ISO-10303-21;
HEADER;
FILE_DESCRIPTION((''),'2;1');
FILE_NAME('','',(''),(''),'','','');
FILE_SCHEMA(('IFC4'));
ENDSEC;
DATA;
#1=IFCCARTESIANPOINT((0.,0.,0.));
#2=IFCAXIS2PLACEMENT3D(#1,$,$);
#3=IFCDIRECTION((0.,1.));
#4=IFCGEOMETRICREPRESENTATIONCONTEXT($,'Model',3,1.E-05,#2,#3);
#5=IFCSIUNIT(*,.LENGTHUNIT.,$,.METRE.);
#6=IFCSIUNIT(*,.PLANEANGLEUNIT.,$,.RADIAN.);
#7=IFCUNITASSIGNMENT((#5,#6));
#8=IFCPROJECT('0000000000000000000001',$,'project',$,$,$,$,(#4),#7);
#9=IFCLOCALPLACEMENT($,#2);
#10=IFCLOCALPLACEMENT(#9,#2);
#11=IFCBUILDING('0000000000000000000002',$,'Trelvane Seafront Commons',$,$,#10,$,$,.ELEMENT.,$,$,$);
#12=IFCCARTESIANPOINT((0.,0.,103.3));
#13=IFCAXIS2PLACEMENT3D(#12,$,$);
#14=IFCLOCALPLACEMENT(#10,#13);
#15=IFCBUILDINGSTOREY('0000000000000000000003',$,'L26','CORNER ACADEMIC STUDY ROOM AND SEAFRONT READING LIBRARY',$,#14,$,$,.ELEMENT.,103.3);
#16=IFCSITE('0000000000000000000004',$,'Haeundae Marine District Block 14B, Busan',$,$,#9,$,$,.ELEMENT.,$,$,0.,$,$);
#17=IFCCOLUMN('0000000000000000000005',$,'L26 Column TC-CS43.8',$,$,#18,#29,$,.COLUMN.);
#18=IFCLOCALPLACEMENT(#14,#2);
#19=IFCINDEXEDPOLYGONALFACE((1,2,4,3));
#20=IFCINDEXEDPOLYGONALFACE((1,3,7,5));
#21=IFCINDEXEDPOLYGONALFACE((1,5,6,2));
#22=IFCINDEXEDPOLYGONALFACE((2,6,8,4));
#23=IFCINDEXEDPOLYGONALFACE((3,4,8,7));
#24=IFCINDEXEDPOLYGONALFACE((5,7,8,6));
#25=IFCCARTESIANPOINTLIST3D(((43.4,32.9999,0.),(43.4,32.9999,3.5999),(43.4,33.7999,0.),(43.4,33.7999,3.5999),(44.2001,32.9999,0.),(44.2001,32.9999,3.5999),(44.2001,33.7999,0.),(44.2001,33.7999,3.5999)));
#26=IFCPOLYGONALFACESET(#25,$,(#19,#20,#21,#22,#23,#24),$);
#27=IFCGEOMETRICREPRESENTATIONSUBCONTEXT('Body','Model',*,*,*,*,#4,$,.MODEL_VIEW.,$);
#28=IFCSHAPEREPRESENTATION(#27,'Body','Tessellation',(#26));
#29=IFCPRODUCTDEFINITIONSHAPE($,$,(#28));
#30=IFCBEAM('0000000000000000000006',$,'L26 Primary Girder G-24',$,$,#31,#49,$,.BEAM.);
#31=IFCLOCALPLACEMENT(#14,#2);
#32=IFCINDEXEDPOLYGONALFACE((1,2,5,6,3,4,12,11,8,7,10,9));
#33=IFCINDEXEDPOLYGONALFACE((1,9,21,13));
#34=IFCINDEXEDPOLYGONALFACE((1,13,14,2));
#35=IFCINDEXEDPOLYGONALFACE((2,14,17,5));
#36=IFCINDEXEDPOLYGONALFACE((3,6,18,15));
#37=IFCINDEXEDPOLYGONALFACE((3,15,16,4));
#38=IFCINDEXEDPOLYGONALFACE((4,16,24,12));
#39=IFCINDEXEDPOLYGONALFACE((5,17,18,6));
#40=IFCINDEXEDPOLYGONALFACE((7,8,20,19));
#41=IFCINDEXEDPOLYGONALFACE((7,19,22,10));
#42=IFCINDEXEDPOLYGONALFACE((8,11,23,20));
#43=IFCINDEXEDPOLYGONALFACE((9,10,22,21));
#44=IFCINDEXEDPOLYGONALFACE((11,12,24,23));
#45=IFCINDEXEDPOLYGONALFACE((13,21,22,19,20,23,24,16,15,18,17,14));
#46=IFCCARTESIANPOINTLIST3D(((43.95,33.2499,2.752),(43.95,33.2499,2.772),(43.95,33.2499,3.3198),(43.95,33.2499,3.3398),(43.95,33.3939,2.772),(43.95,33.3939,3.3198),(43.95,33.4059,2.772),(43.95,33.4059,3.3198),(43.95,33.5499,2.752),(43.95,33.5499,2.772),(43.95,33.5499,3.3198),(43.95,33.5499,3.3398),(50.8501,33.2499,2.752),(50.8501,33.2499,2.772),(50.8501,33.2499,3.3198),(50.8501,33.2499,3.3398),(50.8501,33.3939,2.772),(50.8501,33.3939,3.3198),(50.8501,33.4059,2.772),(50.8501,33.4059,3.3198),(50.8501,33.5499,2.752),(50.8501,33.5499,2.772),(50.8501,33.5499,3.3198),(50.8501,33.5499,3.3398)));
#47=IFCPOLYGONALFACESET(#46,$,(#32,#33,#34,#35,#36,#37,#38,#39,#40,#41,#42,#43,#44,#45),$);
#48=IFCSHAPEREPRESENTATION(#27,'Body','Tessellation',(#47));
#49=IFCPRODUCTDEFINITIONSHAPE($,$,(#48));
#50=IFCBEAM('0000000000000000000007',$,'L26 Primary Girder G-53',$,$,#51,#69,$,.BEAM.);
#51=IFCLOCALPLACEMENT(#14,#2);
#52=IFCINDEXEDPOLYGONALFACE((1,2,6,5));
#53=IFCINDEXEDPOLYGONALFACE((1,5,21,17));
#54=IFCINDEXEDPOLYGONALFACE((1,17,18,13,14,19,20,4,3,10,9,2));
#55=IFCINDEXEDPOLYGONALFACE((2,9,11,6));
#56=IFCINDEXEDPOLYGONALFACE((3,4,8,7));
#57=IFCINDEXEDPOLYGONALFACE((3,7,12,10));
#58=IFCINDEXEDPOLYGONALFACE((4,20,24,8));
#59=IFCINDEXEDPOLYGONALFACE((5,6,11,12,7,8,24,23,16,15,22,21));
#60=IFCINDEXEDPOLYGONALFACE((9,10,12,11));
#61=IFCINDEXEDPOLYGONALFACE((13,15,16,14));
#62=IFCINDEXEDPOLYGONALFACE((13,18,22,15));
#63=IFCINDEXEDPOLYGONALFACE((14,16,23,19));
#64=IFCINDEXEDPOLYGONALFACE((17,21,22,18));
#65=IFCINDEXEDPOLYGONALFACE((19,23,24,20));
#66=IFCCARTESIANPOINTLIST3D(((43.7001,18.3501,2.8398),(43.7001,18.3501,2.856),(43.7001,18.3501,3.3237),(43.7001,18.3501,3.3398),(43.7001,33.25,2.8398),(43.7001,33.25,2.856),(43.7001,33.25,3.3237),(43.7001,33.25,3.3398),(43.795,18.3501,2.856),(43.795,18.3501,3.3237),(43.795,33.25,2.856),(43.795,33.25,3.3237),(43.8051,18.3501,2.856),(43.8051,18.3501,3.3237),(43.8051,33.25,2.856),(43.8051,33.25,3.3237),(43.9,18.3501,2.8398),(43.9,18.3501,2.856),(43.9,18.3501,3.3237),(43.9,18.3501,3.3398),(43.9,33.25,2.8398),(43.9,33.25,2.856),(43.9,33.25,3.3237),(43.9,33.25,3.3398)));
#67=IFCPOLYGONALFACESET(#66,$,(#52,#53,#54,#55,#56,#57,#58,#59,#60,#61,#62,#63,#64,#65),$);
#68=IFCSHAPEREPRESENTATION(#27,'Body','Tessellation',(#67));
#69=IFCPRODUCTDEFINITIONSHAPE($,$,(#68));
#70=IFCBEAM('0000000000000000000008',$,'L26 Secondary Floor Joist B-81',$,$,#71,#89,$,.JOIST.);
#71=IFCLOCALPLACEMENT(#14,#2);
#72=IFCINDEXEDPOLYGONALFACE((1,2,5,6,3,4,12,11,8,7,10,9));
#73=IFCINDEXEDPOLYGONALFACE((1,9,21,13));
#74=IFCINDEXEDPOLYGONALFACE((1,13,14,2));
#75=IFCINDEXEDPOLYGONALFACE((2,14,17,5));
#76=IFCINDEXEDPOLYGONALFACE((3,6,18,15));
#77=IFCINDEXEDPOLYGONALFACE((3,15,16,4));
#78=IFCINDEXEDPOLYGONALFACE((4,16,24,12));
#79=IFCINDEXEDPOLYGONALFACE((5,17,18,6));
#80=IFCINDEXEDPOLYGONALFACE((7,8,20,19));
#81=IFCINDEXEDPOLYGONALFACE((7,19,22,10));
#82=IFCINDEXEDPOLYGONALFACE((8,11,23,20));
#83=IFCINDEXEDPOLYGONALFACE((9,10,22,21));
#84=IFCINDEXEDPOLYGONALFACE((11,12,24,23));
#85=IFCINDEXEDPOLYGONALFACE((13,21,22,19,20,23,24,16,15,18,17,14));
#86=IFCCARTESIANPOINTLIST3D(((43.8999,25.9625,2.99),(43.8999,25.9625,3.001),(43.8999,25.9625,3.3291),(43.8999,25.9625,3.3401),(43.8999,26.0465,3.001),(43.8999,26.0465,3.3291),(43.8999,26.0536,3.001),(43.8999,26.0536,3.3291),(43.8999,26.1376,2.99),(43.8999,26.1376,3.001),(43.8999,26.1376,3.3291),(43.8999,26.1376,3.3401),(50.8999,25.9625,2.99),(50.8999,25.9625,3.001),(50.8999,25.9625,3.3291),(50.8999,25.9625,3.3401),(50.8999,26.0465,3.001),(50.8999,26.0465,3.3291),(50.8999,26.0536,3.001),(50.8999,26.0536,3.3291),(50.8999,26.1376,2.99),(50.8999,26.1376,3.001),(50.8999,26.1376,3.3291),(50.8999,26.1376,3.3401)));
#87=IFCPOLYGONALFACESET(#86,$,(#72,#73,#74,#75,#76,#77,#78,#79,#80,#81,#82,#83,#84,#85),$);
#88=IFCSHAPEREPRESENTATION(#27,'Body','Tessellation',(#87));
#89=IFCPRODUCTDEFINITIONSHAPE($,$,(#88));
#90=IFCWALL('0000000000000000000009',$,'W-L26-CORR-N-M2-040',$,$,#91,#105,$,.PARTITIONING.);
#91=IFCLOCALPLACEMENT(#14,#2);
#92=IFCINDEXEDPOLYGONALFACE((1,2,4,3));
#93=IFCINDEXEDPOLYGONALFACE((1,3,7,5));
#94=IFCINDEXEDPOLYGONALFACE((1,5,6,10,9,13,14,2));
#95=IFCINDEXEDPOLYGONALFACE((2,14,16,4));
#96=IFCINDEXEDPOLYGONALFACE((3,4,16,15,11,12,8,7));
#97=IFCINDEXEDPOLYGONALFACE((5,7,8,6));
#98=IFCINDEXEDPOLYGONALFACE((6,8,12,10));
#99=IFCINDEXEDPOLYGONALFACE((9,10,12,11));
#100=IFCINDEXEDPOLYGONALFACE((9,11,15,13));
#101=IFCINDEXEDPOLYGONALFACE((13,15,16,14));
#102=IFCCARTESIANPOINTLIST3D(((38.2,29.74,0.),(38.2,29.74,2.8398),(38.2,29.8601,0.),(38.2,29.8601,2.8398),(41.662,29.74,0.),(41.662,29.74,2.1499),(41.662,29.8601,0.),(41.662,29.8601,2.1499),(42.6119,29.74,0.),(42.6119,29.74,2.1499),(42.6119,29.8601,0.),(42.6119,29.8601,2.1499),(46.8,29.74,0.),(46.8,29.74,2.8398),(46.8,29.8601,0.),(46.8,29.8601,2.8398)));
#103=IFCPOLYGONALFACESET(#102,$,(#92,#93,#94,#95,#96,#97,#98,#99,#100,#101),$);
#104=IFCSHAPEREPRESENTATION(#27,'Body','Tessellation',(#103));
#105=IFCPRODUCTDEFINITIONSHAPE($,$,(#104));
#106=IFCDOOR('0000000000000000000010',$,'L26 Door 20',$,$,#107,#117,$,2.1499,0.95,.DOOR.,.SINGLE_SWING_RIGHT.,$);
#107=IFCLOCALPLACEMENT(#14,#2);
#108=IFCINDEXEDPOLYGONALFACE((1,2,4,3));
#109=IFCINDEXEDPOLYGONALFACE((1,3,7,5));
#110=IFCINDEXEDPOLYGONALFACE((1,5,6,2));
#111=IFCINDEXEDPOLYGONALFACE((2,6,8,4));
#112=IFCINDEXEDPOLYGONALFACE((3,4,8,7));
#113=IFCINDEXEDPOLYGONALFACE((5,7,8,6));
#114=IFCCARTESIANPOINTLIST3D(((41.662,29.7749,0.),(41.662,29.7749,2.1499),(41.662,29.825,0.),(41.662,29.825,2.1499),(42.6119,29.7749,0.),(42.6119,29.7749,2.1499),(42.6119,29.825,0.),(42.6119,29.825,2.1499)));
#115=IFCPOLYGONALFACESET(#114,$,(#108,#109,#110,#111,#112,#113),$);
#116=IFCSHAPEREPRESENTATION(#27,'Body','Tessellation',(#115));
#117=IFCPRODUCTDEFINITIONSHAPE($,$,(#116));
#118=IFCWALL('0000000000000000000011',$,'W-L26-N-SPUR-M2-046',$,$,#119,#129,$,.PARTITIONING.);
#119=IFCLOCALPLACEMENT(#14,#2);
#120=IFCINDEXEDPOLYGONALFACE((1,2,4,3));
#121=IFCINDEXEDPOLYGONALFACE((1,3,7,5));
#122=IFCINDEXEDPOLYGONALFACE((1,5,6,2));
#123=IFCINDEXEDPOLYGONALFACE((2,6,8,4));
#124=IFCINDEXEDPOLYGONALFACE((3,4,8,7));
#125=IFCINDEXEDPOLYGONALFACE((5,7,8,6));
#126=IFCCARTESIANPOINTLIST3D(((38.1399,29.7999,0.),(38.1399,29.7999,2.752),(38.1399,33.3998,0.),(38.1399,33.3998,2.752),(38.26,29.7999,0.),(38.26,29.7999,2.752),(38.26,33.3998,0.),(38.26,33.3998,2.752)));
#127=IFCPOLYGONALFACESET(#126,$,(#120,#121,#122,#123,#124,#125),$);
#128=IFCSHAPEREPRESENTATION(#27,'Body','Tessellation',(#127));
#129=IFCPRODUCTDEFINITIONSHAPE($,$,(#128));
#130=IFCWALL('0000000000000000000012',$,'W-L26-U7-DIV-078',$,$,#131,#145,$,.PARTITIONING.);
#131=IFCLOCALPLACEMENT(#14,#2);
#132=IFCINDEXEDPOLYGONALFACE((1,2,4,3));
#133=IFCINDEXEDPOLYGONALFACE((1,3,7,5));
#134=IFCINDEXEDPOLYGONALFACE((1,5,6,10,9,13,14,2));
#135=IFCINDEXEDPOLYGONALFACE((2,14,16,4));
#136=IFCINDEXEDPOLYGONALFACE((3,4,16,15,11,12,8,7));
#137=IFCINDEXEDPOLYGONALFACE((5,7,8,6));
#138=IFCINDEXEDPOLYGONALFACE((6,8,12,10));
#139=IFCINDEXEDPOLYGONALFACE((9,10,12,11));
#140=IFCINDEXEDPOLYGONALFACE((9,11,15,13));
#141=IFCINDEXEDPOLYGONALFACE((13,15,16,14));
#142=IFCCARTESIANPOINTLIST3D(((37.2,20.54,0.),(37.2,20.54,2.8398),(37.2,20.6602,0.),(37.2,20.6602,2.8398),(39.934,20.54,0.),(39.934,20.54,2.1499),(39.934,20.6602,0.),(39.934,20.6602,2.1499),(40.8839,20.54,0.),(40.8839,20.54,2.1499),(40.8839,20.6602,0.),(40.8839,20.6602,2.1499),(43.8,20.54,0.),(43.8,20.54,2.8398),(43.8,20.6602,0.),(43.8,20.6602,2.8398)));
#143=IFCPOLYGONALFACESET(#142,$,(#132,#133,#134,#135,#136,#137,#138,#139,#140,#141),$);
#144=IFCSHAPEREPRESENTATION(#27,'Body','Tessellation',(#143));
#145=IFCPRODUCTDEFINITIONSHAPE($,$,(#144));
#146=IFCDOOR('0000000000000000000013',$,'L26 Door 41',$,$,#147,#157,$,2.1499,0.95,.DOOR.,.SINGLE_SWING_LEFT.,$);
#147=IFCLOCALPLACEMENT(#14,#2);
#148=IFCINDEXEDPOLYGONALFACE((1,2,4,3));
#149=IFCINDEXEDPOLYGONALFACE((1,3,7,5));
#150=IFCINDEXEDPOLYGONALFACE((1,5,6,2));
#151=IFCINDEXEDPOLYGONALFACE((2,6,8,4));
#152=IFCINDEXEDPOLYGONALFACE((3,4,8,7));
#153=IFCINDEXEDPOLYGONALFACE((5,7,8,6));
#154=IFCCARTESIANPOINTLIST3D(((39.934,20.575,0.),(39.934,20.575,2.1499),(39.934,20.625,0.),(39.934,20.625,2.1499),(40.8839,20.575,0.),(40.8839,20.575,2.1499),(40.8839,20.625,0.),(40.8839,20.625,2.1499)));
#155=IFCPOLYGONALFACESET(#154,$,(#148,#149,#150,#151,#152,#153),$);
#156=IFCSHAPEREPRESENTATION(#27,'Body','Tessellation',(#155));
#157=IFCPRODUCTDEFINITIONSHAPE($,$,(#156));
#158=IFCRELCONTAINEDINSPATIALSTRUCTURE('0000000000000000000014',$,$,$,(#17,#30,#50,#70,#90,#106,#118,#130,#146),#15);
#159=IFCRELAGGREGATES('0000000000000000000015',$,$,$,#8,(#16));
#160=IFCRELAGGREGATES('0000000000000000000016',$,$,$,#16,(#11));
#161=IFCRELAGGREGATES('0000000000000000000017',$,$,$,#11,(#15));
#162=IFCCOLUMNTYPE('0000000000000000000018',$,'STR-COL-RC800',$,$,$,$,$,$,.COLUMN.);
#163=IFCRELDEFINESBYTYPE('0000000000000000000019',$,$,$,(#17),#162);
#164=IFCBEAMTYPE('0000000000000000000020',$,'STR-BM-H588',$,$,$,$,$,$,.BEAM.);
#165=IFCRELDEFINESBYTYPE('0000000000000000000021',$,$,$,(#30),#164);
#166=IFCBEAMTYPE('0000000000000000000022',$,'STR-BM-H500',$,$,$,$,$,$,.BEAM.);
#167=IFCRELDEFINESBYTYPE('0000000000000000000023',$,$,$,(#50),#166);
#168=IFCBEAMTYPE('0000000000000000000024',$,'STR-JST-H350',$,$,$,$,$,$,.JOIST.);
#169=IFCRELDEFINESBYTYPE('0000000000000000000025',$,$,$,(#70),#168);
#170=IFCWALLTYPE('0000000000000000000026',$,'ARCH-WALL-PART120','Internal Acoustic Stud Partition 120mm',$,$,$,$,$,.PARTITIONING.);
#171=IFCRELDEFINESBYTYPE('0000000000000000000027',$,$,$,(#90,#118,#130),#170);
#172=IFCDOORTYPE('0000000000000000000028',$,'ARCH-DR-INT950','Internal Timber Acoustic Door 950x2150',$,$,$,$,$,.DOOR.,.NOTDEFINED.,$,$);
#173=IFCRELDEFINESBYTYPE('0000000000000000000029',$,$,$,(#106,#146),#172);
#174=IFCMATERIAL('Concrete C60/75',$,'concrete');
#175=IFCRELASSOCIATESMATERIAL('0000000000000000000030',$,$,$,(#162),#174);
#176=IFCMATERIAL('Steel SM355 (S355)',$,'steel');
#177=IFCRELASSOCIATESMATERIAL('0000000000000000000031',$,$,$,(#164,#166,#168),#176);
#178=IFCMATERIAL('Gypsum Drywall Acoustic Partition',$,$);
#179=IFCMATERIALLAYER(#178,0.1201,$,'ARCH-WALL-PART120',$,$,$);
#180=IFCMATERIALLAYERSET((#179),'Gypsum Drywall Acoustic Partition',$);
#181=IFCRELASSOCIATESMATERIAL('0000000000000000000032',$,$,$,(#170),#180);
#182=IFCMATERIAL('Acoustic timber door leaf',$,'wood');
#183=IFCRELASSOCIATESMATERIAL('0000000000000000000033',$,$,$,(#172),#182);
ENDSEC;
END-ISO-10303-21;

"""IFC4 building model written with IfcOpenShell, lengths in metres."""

from ifc_helpers import new_model, si_unit, direction, frame, frame_2d, origin, origin_2d, place, context, subcontext, project, spatial, rectangle, i_section, extrude, source, transform, mapped, material, layer, layer_set, material_profile, profile_set, type_object, element, fill, save


model = new_model("IFC4")

# Units and contexts
model_context = context("Model", 3, precision=1e-05, world=origin(), true_north=direction((0.0, 1.0)))
body_context = subcontext(model_context, "Body", "Model", "MODEL_VIEW")
ifc_project = project(units=[si_unit("LENGTHUNIT", "METRE"), si_unit("PLANEANGLEUNIT", "RADIAN")], contexts=[model_context])

# Site, building, storey
site_placement = place(None, origin())
site = spatial("IfcSite", under=ifc_project, at=site_placement, Name="Haeundae Marine District Block 14B, Busan", CompositionType="ELEMENT", RefElevation=0.0)
building_placement = place(site_placement, origin())
building = spatial("IfcBuilding", under=site, at=building_placement, Name="Trelvane Seafront Commons", CompositionType="ELEMENT")
storey_placement = place(building_placement, frame((0.0, 0.0, 103.3)))
storey = spatial("IfcBuildingStorey", under=building, at=storey_placement, Name="L26", Description="CORNER ACADEMIC STUDY ROOM AND SEAFRONT READING LIBRARY", CompositionType="ELEMENT", Elevation=103.3)

# Column
ifc_material_1 = material(Name="Concrete C60/75", Category="concrete")
ifc_material_profile_1 = material_profile(ifc_material_1, rectangle(XDim=0.8, YDim=0.8, at=origin_2d()), Name="RC-800x800")
ifc_profile_set_1 = profile_set([ifc_material_profile_1], Name="Concrete C60/75")
column_type = type_object("IfcColumnType", Name="STR-COL-RC800", PredefinedType="COLUMN", material=ifc_profile_set_1)
shared_shape_1 = source(origin(), body_context, "Body", "SweptSolid", [
    extrude(rectangle(XDim=0.8, YDim=0.8, at=origin_2d()), origin(), (0.0, 0.0, 1.0), 3.5999),
])
column_placement = place(storey_placement, frame((43.8, 33.3999, 0.0), z_axis=(0.0, 0.0, 1.0), x_axis=(1.0, 0.0, 0.0)))
element("IfcColumn", 1, at=column_placement, inside=storey, type_object=column_type, Name="L26 Column TC-CS43.8", PredefinedType="COLUMN", context=body_context, shape_type="MappedRepresentation", body=[
    mapped(shared_shape_1, transform((0.0, 0.0, 0.0), x_axis=(1.0, 0.0, 0.0), y_axis=(0.0, 1.0, 0.0), z_axis=(0.0, 0.0, 1.0), scale=1.0)),
])

# Beams
ifc_material_2 = material(Name="Steel SM355 (S355)", Category="steel")
ifc_material_profile_2 = material_profile(ifc_material_2, i_section(OverallWidth=0.3, OverallDepth=0.5879, WebThickness=0.012, FlangeThickness=0.02, at=origin_2d()), Name="H-588x300x12x20")
ifc_profile_set_2 = profile_set([ifc_material_profile_2], Name="Steel SM355 (S355)")
beam_type_1 = type_object("IfcBeamType", Name="STR-BM-H588", PredefinedType="BEAM", material=ifc_profile_set_2)
shared_shape_2 = source(origin(), body_context, "Body", "SweptSolid", [
    extrude(i_section(OverallWidth=0.3, OverallDepth=0.5879, WebThickness=0.012, FlangeThickness=0.02, at=origin_2d()), origin(), (0.0, 0.0, 1.0), 6.9001),
])
beam_1_placement = place(storey_placement, frame((43.95, 33.3999, 3.0459), z_axis=(1.0, 0.0, 0.0), x_axis=(0.0, 1.0, 0.0)))
element("IfcBeam", 2, at=beam_1_placement, inside=storey, type_object=beam_type_1, Name="L26 Primary Girder G-24", PredefinedType="BEAM", context=body_context, shape_type="MappedRepresentation", body=[
    mapped(shared_shape_2, transform((0.0, 0.0, 0.0), x_axis=(1.0, 0.0, 0.0), y_axis=(0.0, 1.0, 0.0), z_axis=(0.0, 0.0, 1.0), scale=1.0)),
])
ifc_material_profile_3 = material_profile(ifc_material_2, i_section(OverallWidth=0.2, OverallDepth=0.5, WebThickness=0.01, FlangeThickness=0.0161, at=origin_2d()), Name="H-500x200x10x16")
ifc_profile_set_3 = profile_set([ifc_material_profile_3], Name="Steel SM355 (S355)")
beam_type_2 = type_object("IfcBeamType", Name="STR-BM-H500", PredefinedType="BEAM", material=ifc_profile_set_3)
shared_shape_3 = source(origin(), body_context, "Body", "SweptSolid", [
    extrude(i_section(OverallWidth=0.2, OverallDepth=0.5, WebThickness=0.01, FlangeThickness=0.0161, at=origin_2d()), origin(), (0.0, 0.0, 1.0), 14.8999),
])
beam_2_placement = place(storey_placement, frame((43.8, 18.3501, 3.0898), z_axis=(0.0, 1.0, 0.0), x_axis=(-1.0, 0.0, 0.0)))
element("IfcBeam", 3, at=beam_2_placement, inside=storey, type_object=beam_type_2, Name="L26 Primary Girder G-53", PredefinedType="BEAM", context=body_context, shape_type="MappedRepresentation", body=[
    mapped(shared_shape_3, transform((0.0, 0.0, 0.0), x_axis=(1.0, 0.0, 0.0), y_axis=(0.0, 1.0, 0.0), z_axis=(0.0, 0.0, 1.0), scale=1.0)),
])
ifc_material_profile_4 = material_profile(ifc_material_2, i_section(OverallWidth=0.175, OverallDepth=0.3501, WebThickness=0.0071, FlangeThickness=0.011, at=origin_2d()), Name="H-350x175x7x11")
ifc_profile_set_4 = profile_set([ifc_material_profile_4], Name="Steel SM355 (S355)")
beam_type_3 = type_object("IfcBeamType", Name="STR-JST-H350", PredefinedType="JOIST", material=ifc_profile_set_4)
shared_shape_4 = source(origin(), body_context, "Body", "SweptSolid", [
    extrude(i_section(OverallWidth=0.175, OverallDepth=0.3501, WebThickness=0.0071, FlangeThickness=0.011, at=origin_2d()), origin(), (0.0, 0.0, 1.0), 7.0),
])
beam_3_placement = place(storey_placement, frame((43.8999, 26.05, 3.165), z_axis=(1.0, 0.0, 0.0), x_axis=(0.0, 1.0, 0.0)))
element("IfcBeam", 4, at=beam_3_placement, inside=storey, type_object=beam_type_3, Name="L26 Secondary Floor Joist B-81", PredefinedType="JOIST", context=body_context, shape_type="MappedRepresentation", body=[
    mapped(shared_shape_4, transform((0.0, 0.0, 0.0), x_axis=(1.0, 0.0, 0.0), y_axis=(0.0, 1.0, 0.0), z_axis=(0.0, 0.0, 1.0), scale=1.0)),
])

# Wall, opening, door
ifc_material_3 = material(Name="Gypsum Drywall Acoustic Partition")
ifc_layer_1 = layer(ifc_material_3, 0.1201, Name="ARCH-WALL-PART120")
ifc_layer_set_1 = layer_set([ifc_layer_1], Name="Gypsum Drywall Acoustic Partition")
wall_type_1 = type_object("IfcWallType", Name="ARCH-WALL-PART120", Description="Internal Acoustic Stud Partition 120mm", PredefinedType="PARTITIONING", material=ifc_layer_set_1)
wall_1_placement = place(storey_placement, frame((38.2, 29.8, 0.0), z_axis=(0.0, 0.0, 1.0), x_axis=(1.0, 0.0, 0.0)))
wall_1 = element("IfcWall", 5, at=wall_1_placement, inside=storey, type_object=wall_type_1, Name="W-L26-CORR-N-M2-040", PredefinedType="PARTITIONING", context=body_context, shape_type="SweptSolid", body=[
    extrude(rectangle(XDim=8.6001, YDim=0.1201, at=frame_2d((4.3, 0.0))), origin(), (0.0, 0.0, 1.0), 2.8398),
])
opening_1_placement = place(wall_1_placement, frame((3.4619, 0.0, 0.0)))
opening_1 = element("IfcOpeningElement", 6, at=opening_1_placement, cuts=wall_1, PredefinedType="OPENING", context=body_context, shape_type="SweptSolid", body=[
    extrude(rectangle(XDim=0.95, YDim=2.1499, at=frame_2d((0.4751, 1.075))), frame((0.0, 0.0701, 0.0), z_axis=(0.0, -1.0, 0.0), x_axis=(1.0, 0.0, 0.0)), (0.0, 0.0, 1.0), 0.1401),
])
ifc_material_4 = material(Name="Acoustic timber door leaf", Category="wood")
door_type_1 = type_object("IfcDoorType", Name="ARCH-DR-INT950", Description="Internal Timber Acoustic Door 950x2150", OperationType="NOTDEFINED", PredefinedType="DOOR", material=ifc_material_4)
shared_shape_5 = source(origin(), body_context, "Body", "SweptSolid", [
    extrude(rectangle(XDim=0.95, YDim=2.1499, at=frame_2d((0.4751, 1.075))), frame((0.0, 0.0249, 0.0), z_axis=(0.0, -1.0, 0.0), x_axis=(1.0, 0.0, 0.0)), (0.0, 0.0, 1.0), 0.05),
])
door_1_placement = place(opening_1_placement, origin())
door_1 = element("IfcDoor", 7, at=door_1_placement, inside=storey, type_object=door_type_1, Name="L26 Door 20", OperationType="SINGLE_SWING_RIGHT", OverallHeight=2.1499, OverallWidth=0.95, PredefinedType="DOOR", context=body_context, shape_type="MappedRepresentation", body=[
    mapped(shared_shape_5, transform((0.0, 0.0, 0.0), x_axis=(1.0, 0.0, 0.0), y_axis=(0.0, 1.0, 0.0), z_axis=(0.0, 0.0, 1.0), scale=1.0)),
])
fill(opening_1, door_1)

# Wall
wall_2_placement = place(storey_placement, frame((38.2, 29.8, 0.0), z_axis=(0.0, 0.0, 1.0), x_axis=(0.0, 1.0, 0.0)))
element("IfcWall", 8, at=wall_2_placement, inside=storey, type_object=wall_type_1, Name="W-L26-N-SPUR-M2-046", PredefinedType="PARTITIONING", context=body_context, shape_type="SweptSolid", body=[
    extrude(rectangle(XDim=3.5999, YDim=0.1201, at=frame_2d((1.7998, 0.0))), origin(), (0.0, 0.0, 1.0), 2.752),
])

# Wall, opening, door
wall_3_placement = place(storey_placement, frame((37.2, 20.6001, 0.0), z_axis=(0.0, 0.0, 1.0), x_axis=(1.0, 0.0, 0.0)))
wall_3 = element("IfcWall", 9, at=wall_3_placement, inside=storey, type_object=wall_type_1, Name="W-L26-U7-DIV-078", PredefinedType="PARTITIONING", context=body_context, shape_type="SweptSolid", body=[
    extrude(rectangle(XDim=6.6001, YDim=0.1201, at=frame_2d((3.3, 0.0))), origin(), (0.0, 0.0, 1.0), 2.8398),
])
opening_2_placement = place(wall_3_placement, frame((2.7339, 0.0, 0.0)))
opening_2 = element("IfcOpeningElement", 10, at=opening_2_placement, cuts=wall_3, PredefinedType="OPENING", context=body_context, shape_type="SweptSolid", body=[
    extrude(rectangle(XDim=0.95, YDim=2.1499, at=frame_2d((0.4751, 1.075))), frame((0.0, 0.0701, 0.0), z_axis=(0.0, -1.0, 0.0), x_axis=(1.0, 0.0, 0.0)), (0.0, 0.0, 1.0), 0.1401),
])
door_2_placement = place(opening_2_placement, origin())
door_2 = element("IfcDoor", 11, at=door_2_placement, inside=storey, type_object=door_type_1, Name="L26 Door 41", OperationType="SINGLE_SWING_LEFT", OverallHeight=2.1499, OverallWidth=0.95, PredefinedType="DOOR", context=body_context, shape_type="MappedRepresentation", body=[
    mapped(shared_shape_5, transform((0.0, 0.0, 0.0), x_axis=(1.0, 0.0, 0.0), y_axis=(0.0, 1.0, 0.0), z_axis=(0.0, 0.0, 1.0), scale=1.0)),
])
fill(opening_2, door_2)

save(model, "model.ifc")
